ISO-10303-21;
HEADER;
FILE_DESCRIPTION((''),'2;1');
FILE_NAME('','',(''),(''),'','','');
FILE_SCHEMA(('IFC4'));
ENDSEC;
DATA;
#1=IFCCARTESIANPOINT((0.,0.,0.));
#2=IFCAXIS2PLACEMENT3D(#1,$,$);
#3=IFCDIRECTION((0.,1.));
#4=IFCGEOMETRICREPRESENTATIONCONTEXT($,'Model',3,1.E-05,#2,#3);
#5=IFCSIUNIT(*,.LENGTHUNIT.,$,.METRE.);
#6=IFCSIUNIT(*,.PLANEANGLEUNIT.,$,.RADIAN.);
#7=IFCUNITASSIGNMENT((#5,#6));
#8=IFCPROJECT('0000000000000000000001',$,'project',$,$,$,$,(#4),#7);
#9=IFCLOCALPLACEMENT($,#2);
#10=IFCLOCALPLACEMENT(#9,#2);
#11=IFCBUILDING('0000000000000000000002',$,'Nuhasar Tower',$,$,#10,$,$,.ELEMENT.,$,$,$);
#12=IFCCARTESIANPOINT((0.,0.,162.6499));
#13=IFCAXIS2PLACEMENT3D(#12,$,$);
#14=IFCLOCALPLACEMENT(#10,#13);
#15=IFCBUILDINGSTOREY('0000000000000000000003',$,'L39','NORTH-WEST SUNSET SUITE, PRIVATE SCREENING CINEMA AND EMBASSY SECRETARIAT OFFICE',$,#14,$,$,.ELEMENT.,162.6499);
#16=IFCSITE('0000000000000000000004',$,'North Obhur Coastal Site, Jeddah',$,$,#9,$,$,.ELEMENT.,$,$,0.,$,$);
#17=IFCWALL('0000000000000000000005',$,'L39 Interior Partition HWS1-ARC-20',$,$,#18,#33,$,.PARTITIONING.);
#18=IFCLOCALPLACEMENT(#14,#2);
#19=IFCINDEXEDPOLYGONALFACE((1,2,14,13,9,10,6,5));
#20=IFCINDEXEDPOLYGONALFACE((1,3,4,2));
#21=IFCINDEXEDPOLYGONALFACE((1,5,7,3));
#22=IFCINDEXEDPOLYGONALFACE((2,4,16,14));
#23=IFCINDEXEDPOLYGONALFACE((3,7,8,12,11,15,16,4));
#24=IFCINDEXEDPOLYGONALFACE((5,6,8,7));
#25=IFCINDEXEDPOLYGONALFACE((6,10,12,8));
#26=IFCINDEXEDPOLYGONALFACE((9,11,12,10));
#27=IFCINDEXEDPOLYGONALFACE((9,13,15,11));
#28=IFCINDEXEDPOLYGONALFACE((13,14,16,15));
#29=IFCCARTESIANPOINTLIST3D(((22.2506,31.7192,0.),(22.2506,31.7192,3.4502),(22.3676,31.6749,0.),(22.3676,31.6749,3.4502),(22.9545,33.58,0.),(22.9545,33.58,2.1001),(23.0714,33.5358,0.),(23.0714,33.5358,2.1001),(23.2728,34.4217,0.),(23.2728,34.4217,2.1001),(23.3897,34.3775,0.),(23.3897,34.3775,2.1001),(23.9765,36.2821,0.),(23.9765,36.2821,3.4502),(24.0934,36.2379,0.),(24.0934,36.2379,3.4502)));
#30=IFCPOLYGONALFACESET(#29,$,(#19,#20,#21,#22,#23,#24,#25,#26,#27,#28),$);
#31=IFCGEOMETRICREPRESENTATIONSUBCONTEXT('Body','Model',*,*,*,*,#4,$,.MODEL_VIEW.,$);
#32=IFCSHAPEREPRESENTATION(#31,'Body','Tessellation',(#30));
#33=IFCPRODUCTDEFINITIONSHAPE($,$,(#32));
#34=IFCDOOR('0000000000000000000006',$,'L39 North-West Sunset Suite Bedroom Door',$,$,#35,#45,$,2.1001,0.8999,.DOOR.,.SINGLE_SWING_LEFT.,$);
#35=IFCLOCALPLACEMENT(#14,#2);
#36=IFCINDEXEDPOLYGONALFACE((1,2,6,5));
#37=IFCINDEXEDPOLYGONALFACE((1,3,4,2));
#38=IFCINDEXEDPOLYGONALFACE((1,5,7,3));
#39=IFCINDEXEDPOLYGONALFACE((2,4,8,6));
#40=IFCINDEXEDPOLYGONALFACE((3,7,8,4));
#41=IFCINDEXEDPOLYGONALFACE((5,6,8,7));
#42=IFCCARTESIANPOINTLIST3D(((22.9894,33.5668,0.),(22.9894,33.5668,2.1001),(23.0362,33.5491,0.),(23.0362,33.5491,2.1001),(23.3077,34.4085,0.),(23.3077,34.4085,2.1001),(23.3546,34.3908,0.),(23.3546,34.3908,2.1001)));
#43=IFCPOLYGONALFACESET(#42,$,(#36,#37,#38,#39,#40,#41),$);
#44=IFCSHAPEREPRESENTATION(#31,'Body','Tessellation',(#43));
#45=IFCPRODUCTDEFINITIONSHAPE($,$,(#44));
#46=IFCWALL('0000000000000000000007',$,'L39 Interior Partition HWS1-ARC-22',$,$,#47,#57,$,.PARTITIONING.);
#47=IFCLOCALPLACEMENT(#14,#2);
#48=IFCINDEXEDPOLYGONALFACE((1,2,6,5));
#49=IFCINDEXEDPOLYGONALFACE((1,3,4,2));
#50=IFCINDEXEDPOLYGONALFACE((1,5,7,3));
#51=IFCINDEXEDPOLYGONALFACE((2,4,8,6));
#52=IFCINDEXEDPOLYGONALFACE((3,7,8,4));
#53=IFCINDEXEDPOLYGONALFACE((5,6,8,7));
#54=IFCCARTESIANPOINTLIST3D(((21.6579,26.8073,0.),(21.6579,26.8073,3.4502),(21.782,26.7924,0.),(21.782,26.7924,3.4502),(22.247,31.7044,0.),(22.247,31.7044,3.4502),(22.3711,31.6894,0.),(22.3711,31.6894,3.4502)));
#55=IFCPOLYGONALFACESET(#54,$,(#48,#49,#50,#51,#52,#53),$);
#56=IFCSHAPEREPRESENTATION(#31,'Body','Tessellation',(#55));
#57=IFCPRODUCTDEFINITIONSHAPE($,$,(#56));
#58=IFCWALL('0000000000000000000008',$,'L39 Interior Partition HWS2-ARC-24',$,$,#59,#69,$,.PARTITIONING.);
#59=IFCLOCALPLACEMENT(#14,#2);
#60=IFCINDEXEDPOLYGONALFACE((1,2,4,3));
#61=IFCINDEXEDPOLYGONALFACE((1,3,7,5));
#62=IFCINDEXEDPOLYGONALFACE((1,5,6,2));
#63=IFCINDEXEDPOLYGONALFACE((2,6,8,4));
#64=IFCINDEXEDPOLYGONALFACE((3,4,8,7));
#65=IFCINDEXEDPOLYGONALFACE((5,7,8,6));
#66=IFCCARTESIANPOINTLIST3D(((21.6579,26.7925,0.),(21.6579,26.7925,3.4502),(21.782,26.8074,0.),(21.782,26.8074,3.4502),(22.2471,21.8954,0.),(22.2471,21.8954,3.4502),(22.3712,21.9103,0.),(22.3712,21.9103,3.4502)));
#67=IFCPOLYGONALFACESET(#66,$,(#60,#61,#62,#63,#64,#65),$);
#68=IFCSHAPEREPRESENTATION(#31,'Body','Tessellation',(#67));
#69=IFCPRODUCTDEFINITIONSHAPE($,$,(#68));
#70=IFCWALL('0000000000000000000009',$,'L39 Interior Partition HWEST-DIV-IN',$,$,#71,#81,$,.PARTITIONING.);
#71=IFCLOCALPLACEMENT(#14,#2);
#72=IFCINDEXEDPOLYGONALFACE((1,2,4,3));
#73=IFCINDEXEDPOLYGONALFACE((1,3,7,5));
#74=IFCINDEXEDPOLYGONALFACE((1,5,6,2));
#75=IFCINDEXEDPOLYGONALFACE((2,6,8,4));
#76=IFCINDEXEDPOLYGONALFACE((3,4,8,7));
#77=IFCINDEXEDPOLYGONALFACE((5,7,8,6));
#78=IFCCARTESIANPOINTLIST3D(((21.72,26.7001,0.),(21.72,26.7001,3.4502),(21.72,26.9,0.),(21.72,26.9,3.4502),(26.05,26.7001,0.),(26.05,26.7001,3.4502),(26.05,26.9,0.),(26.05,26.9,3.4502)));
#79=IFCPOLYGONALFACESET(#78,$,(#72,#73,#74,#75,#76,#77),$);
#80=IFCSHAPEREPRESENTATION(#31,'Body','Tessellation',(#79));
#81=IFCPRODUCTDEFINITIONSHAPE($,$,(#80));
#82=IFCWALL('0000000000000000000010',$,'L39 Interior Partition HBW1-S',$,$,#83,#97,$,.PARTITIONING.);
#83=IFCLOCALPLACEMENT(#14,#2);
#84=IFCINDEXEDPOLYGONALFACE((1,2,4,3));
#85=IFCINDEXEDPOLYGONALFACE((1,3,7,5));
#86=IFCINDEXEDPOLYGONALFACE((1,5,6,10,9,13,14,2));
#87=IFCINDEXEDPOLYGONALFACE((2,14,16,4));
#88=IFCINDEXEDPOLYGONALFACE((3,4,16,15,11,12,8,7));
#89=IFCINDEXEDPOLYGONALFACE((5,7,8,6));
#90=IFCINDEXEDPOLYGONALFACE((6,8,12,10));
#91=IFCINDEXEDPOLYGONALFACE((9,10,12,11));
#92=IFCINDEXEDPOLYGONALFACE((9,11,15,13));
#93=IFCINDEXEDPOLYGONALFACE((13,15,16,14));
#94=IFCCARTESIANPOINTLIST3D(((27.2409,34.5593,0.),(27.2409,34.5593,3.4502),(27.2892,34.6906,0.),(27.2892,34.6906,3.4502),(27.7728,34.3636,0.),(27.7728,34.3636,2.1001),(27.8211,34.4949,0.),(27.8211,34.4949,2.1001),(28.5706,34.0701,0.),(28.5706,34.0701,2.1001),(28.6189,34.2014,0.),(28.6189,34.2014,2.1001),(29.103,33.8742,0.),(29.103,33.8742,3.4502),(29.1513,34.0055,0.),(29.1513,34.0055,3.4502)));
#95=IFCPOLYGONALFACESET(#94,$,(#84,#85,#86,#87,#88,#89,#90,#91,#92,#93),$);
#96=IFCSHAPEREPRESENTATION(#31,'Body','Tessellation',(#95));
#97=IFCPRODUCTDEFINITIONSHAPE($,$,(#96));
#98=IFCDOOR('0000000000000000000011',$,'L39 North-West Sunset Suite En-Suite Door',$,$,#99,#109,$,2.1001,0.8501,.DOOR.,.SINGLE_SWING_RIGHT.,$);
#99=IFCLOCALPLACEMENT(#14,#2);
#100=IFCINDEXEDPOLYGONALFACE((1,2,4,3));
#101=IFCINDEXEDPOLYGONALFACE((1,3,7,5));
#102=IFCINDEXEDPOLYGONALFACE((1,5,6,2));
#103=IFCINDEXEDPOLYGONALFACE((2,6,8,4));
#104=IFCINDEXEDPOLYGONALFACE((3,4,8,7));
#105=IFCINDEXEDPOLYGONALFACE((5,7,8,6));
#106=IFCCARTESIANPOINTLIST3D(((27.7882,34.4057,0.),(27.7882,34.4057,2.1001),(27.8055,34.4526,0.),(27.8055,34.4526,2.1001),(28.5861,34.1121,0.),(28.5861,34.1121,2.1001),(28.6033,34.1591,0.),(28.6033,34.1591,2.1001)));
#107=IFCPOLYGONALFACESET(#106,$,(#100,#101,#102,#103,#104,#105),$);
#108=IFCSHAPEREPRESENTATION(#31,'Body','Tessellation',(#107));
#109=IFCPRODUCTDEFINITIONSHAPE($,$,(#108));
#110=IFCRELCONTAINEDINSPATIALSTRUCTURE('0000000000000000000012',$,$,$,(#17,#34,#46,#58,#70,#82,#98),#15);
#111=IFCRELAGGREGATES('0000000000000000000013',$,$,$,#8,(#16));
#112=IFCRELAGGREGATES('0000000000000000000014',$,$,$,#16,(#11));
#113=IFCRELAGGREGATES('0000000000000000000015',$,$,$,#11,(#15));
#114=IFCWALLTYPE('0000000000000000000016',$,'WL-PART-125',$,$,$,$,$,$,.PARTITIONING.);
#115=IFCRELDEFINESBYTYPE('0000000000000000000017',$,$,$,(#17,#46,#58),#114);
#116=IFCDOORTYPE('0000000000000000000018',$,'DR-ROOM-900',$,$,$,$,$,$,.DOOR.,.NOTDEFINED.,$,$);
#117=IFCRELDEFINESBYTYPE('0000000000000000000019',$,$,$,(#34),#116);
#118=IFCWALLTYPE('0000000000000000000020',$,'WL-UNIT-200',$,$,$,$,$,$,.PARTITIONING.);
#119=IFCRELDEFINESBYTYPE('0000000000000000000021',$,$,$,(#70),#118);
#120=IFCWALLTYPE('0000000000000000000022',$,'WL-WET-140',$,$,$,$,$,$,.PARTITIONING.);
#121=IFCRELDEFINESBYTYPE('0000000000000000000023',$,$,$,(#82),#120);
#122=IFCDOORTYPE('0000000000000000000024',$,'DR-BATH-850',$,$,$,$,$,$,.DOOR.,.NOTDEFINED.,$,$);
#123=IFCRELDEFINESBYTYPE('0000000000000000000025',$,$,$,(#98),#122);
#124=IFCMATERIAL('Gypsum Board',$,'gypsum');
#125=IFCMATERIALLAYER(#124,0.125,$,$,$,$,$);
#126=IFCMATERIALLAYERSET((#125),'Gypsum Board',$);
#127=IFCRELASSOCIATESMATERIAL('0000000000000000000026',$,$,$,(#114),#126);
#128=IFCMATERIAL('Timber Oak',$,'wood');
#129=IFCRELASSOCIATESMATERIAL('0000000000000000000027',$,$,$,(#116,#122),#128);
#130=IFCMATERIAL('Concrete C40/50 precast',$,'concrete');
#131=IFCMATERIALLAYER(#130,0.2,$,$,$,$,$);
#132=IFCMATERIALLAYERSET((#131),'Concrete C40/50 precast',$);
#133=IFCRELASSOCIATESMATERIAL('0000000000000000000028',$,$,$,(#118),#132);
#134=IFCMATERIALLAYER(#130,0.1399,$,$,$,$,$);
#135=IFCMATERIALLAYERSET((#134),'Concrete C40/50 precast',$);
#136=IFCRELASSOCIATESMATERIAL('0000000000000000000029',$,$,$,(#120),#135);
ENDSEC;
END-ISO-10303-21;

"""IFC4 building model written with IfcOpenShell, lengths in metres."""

from ifc_helpers import new_model, si_unit, direction, frame, frame_2d, origin, place, context, subcontext, project, spatial, rectangle, extrude, material, layer, layer_set, type_object, element, fill, save


model = new_model("IFC4")

# Units and contexts
model_context = context("Model", 3, precision=1e-05, world=origin(), true_north=direction((0.0, 1.0)))
body_context = subcontext(model_context, "Body", "Model", "MODEL_VIEW")
ifc_project = project(units=[si_unit("LENGTHUNIT", "METRE"), si_unit("PLANEANGLEUNIT", "RADIAN")], contexts=[model_context])

# Site, building, storey
site_placement = place(None, origin())
site = spatial("IfcSite", under=ifc_project, at=site_placement, Name="North Obhur Coastal Site, Jeddah", CompositionType="ELEMENT", RefElevation=0.0)
building_placement = place(site_placement, origin())
building = spatial("IfcBuilding", under=site, at=building_placement, Name="Nuhasar Tower", CompositionType="ELEMENT")
storey_placement = place(building_placement, frame((0.0, 0.0, 162.6499)))
storey = spatial("IfcBuildingStorey", under=building, at=storey_placement, Name="L39", Description="NORTH-WEST SUNSET SUITE, PRIVATE SCREENING CINEMA AND EMBASSY SECRETARIAT OFFICE", CompositionType="ELEMENT", Elevation=162.6499)

# Shared definitions
ifc_material_1 = material(Name="Gypsum Board", Category="gypsum")

# Shared definitions
ifc_material_2 = material(Name="Timber Oak", Category="wood")

# Shared definitions
ifc_layer_1 = layer(ifc_material_1, 0.125)
ifc_layer_set_1 = layer_set([ifc_layer_1], Name="Gypsum Board")
wall_type_1 = type_object("IfcWallType", Name="WL-PART-125", PredefinedType="PARTITIONING", material=ifc_layer_set_1)

# Wall, opening, door
wall_1_placement = place(storey_placement, frame((24.0349, 36.26, 0.0), z_axis=(0.0, 0.0, 1.0), x_axis=(-0.353765, -0.935334, 0.0)))
wall_1 = element("IfcWall", 1, at=wall_1_placement, inside=storey, type_object=wall_type_1, Name="L39 Interior Partition HWS1-ARC-20", PredefinedType="PARTITIONING", context=body_context, shape_type="SweptSolid", body=[
    extrude(rectangle(XDim=4.8784, YDim=0.125, at=frame_2d((2.4392, 0.0))), origin(), (0.0, 0.0, 1.0), 3.4502),
])
opening_1_placement = place(wall_1_placement, frame((1.989, 0.0, 0.0)))
opening_1 = element("IfcOpeningElement", 2, at=opening_1_placement, cuts=wall_1, PredefinedType="OPENING", context=body_context, shape_type="SweptSolid", body=[
    extrude(rectangle(XDim=0.8999, YDim=2.1001, at=frame_2d((0.45, 1.05))), frame((0.0, 0.0725, 0.0), z_axis=(0.0, -1.0, 0.0), x_axis=(1.0, 0.0, 0.0)), (0.0, 0.0, 1.0), 0.145),
])
door_type_1 = type_object("IfcDoorType", Name="DR-ROOM-900", OperationType="NOTDEFINED", PredefinedType="DOOR", material=ifc_material_2)
door_1_placement = place(opening_1_placement, origin())
door_1 = element("IfcDoor", 3, at=door_1_placement, inside=storey, type_object=door_type_1, Name="L39 North-West Sunset Suite Bedroom Door", OperationType="SINGLE_SWING_LEFT", OverallHeight=2.1001, OverallWidth=0.8999, PredefinedType="DOOR", context=body_context, shape_type="SweptSolid", body=[
    extrude(rectangle(XDim=0.8999, YDim=2.1001, at=frame_2d((0.45, 1.05))), frame((0.0, 0.0249, 0.0), z_axis=(0.0, -1.0, 0.0), x_axis=(1.0, 0.0, 0.0)), (0.0, 0.0, 1.0), 0.05),
])
fill(opening_1, door_1)

# Walls
for number, where, z_axis, x_axis, name in (
    (4, (22.3091, 31.697, 0.0), (0.0, 0.0, 1.0), (-0.11944, -0.992841, 0.0), "L39 Interior Partition HWS1-ARC-22"),
    (5, (21.72, 26.8, 0.0), (0.0, 0.0, 1.0), (0.11944, -0.992841, 0.0), "L39 Interior Partition HWS2-ARC-24"),
):
    element("IfcWall", number, at=place(storey_placement, frame(where, z_axis=z_axis, x_axis=x_axis)), inside=storey, type_object=wall_type_1, Name=name, PredefinedType="PARTITIONING", context=body_context, shape_type="SweptSolid", body=[
        extrude(rectangle(XDim=4.9324, YDim=0.125, at=frame_2d((2.4663, 0.0))), origin(), (0.0, 0.0, 1.0), 3.4502),
    ])
ifc_material_3 = material(Name="Concrete C40/50 precast", Category="concrete")
ifc_layer_2 = layer(ifc_material_3, 0.2)
ifc_layer_set_2 = layer_set([ifc_layer_2], Name="Concrete C40/50 precast")
wall_type_2 = type_object("IfcWallType", Name="WL-UNIT-200", PredefinedType="PARTITIONING", material=ifc_layer_set_2)
wall_2_placement = place(storey_placement, frame((26.05, 26.8, 0.0), z_axis=(0.0, 0.0, 1.0), x_axis=(-1.0, 0.0, 0.0)))
element("IfcWall", 6, at=wall_2_placement, inside=storey, type_object=wall_type_2, Name="L39 Interior Partition HWEST-DIV-IN", PredefinedType="PARTITIONING", context=body_context, shape_type="SweptSolid", body=[
    extrude(rectangle(XDim=4.3301, YDim=0.2, at=frame_2d((2.165, 0.0))), origin(), (0.0, 0.0, 1.0), 3.4502),
])

# Wall, opening, door
ifc_layer_3 = layer(ifc_material_3, 0.1399)
ifc_layer_set_3 = layer_set([ifc_layer_3], Name="Concrete C40/50 precast")
wall_type_3 = type_object("IfcWallType", Name="WL-WET-140", PredefinedType="PARTITIONING", material=ifc_layer_set_3)
wall_3_placement = place(storey_placement, frame((27.2649, 34.625, 0.0), z_axis=(0.0, 0.0, 1.0), x_axis=(0.938501, -0.345278, 0.0)))
wall_3 = element("IfcWall", 7, at=wall_3_placement, inside=storey, type_object=wall_type_3, Name="L39 Interior Partition HBW1-S", PredefinedType="PARTITIONING", context=body_context, shape_type="SweptSolid", body=[
    extrude(rectangle(XDim=1.9841, YDim=0.1399, at=frame_2d((0.9922, 0.0))), origin(), (0.0, 0.0, 1.0), 3.4502),
])
opening_2_placement = place(wall_3_placement, frame((0.5669, 0.0, 0.0)))
opening_2 = element("IfcOpeningElement", 8, at=opening_2_placement, cuts=wall_3, PredefinedType="OPENING", context=body_context, shape_type="SweptSolid", body=[
    extrude(rectangle(XDim=0.8501, YDim=2.1001, at=frame_2d((0.425, 1.05))), frame((0.0, 0.0801, 0.0), z_axis=(0.0, -1.0, 0.0), x_axis=(1.0, 0.0, 0.0)), (0.0, 0.0, 1.0), 0.1599),
])
door_type_2 = type_object("IfcDoorType", Name="DR-BATH-850", OperationType="NOTDEFINED", PredefinedType="DOOR", material=ifc_material_2)
door_2_placement = place(opening_2_placement, origin())
door_2 = element("IfcDoor", 9, at=door_2_placement, inside=storey, type_object=door_type_2, Name="L39 North-West Sunset Suite En-Suite Door", OperationType="SINGLE_SWING_RIGHT", OverallHeight=2.1001, OverallWidth=0.8501, PredefinedType="DOOR", context=body_context, shape_type="SweptSolid", body=[
    extrude(rectangle(XDim=0.8501, YDim=2.1001, at=frame_2d((0.425, 1.05))), frame((0.0, 0.0249, 0.0), z_axis=(0.0, -1.0, 0.0), x_axis=(1.0, 0.0, 0.0)), (0.0, 0.0, 1.0), 0.05),
])
fill(opening_2, door_2)

save(model, "model.ifc")
